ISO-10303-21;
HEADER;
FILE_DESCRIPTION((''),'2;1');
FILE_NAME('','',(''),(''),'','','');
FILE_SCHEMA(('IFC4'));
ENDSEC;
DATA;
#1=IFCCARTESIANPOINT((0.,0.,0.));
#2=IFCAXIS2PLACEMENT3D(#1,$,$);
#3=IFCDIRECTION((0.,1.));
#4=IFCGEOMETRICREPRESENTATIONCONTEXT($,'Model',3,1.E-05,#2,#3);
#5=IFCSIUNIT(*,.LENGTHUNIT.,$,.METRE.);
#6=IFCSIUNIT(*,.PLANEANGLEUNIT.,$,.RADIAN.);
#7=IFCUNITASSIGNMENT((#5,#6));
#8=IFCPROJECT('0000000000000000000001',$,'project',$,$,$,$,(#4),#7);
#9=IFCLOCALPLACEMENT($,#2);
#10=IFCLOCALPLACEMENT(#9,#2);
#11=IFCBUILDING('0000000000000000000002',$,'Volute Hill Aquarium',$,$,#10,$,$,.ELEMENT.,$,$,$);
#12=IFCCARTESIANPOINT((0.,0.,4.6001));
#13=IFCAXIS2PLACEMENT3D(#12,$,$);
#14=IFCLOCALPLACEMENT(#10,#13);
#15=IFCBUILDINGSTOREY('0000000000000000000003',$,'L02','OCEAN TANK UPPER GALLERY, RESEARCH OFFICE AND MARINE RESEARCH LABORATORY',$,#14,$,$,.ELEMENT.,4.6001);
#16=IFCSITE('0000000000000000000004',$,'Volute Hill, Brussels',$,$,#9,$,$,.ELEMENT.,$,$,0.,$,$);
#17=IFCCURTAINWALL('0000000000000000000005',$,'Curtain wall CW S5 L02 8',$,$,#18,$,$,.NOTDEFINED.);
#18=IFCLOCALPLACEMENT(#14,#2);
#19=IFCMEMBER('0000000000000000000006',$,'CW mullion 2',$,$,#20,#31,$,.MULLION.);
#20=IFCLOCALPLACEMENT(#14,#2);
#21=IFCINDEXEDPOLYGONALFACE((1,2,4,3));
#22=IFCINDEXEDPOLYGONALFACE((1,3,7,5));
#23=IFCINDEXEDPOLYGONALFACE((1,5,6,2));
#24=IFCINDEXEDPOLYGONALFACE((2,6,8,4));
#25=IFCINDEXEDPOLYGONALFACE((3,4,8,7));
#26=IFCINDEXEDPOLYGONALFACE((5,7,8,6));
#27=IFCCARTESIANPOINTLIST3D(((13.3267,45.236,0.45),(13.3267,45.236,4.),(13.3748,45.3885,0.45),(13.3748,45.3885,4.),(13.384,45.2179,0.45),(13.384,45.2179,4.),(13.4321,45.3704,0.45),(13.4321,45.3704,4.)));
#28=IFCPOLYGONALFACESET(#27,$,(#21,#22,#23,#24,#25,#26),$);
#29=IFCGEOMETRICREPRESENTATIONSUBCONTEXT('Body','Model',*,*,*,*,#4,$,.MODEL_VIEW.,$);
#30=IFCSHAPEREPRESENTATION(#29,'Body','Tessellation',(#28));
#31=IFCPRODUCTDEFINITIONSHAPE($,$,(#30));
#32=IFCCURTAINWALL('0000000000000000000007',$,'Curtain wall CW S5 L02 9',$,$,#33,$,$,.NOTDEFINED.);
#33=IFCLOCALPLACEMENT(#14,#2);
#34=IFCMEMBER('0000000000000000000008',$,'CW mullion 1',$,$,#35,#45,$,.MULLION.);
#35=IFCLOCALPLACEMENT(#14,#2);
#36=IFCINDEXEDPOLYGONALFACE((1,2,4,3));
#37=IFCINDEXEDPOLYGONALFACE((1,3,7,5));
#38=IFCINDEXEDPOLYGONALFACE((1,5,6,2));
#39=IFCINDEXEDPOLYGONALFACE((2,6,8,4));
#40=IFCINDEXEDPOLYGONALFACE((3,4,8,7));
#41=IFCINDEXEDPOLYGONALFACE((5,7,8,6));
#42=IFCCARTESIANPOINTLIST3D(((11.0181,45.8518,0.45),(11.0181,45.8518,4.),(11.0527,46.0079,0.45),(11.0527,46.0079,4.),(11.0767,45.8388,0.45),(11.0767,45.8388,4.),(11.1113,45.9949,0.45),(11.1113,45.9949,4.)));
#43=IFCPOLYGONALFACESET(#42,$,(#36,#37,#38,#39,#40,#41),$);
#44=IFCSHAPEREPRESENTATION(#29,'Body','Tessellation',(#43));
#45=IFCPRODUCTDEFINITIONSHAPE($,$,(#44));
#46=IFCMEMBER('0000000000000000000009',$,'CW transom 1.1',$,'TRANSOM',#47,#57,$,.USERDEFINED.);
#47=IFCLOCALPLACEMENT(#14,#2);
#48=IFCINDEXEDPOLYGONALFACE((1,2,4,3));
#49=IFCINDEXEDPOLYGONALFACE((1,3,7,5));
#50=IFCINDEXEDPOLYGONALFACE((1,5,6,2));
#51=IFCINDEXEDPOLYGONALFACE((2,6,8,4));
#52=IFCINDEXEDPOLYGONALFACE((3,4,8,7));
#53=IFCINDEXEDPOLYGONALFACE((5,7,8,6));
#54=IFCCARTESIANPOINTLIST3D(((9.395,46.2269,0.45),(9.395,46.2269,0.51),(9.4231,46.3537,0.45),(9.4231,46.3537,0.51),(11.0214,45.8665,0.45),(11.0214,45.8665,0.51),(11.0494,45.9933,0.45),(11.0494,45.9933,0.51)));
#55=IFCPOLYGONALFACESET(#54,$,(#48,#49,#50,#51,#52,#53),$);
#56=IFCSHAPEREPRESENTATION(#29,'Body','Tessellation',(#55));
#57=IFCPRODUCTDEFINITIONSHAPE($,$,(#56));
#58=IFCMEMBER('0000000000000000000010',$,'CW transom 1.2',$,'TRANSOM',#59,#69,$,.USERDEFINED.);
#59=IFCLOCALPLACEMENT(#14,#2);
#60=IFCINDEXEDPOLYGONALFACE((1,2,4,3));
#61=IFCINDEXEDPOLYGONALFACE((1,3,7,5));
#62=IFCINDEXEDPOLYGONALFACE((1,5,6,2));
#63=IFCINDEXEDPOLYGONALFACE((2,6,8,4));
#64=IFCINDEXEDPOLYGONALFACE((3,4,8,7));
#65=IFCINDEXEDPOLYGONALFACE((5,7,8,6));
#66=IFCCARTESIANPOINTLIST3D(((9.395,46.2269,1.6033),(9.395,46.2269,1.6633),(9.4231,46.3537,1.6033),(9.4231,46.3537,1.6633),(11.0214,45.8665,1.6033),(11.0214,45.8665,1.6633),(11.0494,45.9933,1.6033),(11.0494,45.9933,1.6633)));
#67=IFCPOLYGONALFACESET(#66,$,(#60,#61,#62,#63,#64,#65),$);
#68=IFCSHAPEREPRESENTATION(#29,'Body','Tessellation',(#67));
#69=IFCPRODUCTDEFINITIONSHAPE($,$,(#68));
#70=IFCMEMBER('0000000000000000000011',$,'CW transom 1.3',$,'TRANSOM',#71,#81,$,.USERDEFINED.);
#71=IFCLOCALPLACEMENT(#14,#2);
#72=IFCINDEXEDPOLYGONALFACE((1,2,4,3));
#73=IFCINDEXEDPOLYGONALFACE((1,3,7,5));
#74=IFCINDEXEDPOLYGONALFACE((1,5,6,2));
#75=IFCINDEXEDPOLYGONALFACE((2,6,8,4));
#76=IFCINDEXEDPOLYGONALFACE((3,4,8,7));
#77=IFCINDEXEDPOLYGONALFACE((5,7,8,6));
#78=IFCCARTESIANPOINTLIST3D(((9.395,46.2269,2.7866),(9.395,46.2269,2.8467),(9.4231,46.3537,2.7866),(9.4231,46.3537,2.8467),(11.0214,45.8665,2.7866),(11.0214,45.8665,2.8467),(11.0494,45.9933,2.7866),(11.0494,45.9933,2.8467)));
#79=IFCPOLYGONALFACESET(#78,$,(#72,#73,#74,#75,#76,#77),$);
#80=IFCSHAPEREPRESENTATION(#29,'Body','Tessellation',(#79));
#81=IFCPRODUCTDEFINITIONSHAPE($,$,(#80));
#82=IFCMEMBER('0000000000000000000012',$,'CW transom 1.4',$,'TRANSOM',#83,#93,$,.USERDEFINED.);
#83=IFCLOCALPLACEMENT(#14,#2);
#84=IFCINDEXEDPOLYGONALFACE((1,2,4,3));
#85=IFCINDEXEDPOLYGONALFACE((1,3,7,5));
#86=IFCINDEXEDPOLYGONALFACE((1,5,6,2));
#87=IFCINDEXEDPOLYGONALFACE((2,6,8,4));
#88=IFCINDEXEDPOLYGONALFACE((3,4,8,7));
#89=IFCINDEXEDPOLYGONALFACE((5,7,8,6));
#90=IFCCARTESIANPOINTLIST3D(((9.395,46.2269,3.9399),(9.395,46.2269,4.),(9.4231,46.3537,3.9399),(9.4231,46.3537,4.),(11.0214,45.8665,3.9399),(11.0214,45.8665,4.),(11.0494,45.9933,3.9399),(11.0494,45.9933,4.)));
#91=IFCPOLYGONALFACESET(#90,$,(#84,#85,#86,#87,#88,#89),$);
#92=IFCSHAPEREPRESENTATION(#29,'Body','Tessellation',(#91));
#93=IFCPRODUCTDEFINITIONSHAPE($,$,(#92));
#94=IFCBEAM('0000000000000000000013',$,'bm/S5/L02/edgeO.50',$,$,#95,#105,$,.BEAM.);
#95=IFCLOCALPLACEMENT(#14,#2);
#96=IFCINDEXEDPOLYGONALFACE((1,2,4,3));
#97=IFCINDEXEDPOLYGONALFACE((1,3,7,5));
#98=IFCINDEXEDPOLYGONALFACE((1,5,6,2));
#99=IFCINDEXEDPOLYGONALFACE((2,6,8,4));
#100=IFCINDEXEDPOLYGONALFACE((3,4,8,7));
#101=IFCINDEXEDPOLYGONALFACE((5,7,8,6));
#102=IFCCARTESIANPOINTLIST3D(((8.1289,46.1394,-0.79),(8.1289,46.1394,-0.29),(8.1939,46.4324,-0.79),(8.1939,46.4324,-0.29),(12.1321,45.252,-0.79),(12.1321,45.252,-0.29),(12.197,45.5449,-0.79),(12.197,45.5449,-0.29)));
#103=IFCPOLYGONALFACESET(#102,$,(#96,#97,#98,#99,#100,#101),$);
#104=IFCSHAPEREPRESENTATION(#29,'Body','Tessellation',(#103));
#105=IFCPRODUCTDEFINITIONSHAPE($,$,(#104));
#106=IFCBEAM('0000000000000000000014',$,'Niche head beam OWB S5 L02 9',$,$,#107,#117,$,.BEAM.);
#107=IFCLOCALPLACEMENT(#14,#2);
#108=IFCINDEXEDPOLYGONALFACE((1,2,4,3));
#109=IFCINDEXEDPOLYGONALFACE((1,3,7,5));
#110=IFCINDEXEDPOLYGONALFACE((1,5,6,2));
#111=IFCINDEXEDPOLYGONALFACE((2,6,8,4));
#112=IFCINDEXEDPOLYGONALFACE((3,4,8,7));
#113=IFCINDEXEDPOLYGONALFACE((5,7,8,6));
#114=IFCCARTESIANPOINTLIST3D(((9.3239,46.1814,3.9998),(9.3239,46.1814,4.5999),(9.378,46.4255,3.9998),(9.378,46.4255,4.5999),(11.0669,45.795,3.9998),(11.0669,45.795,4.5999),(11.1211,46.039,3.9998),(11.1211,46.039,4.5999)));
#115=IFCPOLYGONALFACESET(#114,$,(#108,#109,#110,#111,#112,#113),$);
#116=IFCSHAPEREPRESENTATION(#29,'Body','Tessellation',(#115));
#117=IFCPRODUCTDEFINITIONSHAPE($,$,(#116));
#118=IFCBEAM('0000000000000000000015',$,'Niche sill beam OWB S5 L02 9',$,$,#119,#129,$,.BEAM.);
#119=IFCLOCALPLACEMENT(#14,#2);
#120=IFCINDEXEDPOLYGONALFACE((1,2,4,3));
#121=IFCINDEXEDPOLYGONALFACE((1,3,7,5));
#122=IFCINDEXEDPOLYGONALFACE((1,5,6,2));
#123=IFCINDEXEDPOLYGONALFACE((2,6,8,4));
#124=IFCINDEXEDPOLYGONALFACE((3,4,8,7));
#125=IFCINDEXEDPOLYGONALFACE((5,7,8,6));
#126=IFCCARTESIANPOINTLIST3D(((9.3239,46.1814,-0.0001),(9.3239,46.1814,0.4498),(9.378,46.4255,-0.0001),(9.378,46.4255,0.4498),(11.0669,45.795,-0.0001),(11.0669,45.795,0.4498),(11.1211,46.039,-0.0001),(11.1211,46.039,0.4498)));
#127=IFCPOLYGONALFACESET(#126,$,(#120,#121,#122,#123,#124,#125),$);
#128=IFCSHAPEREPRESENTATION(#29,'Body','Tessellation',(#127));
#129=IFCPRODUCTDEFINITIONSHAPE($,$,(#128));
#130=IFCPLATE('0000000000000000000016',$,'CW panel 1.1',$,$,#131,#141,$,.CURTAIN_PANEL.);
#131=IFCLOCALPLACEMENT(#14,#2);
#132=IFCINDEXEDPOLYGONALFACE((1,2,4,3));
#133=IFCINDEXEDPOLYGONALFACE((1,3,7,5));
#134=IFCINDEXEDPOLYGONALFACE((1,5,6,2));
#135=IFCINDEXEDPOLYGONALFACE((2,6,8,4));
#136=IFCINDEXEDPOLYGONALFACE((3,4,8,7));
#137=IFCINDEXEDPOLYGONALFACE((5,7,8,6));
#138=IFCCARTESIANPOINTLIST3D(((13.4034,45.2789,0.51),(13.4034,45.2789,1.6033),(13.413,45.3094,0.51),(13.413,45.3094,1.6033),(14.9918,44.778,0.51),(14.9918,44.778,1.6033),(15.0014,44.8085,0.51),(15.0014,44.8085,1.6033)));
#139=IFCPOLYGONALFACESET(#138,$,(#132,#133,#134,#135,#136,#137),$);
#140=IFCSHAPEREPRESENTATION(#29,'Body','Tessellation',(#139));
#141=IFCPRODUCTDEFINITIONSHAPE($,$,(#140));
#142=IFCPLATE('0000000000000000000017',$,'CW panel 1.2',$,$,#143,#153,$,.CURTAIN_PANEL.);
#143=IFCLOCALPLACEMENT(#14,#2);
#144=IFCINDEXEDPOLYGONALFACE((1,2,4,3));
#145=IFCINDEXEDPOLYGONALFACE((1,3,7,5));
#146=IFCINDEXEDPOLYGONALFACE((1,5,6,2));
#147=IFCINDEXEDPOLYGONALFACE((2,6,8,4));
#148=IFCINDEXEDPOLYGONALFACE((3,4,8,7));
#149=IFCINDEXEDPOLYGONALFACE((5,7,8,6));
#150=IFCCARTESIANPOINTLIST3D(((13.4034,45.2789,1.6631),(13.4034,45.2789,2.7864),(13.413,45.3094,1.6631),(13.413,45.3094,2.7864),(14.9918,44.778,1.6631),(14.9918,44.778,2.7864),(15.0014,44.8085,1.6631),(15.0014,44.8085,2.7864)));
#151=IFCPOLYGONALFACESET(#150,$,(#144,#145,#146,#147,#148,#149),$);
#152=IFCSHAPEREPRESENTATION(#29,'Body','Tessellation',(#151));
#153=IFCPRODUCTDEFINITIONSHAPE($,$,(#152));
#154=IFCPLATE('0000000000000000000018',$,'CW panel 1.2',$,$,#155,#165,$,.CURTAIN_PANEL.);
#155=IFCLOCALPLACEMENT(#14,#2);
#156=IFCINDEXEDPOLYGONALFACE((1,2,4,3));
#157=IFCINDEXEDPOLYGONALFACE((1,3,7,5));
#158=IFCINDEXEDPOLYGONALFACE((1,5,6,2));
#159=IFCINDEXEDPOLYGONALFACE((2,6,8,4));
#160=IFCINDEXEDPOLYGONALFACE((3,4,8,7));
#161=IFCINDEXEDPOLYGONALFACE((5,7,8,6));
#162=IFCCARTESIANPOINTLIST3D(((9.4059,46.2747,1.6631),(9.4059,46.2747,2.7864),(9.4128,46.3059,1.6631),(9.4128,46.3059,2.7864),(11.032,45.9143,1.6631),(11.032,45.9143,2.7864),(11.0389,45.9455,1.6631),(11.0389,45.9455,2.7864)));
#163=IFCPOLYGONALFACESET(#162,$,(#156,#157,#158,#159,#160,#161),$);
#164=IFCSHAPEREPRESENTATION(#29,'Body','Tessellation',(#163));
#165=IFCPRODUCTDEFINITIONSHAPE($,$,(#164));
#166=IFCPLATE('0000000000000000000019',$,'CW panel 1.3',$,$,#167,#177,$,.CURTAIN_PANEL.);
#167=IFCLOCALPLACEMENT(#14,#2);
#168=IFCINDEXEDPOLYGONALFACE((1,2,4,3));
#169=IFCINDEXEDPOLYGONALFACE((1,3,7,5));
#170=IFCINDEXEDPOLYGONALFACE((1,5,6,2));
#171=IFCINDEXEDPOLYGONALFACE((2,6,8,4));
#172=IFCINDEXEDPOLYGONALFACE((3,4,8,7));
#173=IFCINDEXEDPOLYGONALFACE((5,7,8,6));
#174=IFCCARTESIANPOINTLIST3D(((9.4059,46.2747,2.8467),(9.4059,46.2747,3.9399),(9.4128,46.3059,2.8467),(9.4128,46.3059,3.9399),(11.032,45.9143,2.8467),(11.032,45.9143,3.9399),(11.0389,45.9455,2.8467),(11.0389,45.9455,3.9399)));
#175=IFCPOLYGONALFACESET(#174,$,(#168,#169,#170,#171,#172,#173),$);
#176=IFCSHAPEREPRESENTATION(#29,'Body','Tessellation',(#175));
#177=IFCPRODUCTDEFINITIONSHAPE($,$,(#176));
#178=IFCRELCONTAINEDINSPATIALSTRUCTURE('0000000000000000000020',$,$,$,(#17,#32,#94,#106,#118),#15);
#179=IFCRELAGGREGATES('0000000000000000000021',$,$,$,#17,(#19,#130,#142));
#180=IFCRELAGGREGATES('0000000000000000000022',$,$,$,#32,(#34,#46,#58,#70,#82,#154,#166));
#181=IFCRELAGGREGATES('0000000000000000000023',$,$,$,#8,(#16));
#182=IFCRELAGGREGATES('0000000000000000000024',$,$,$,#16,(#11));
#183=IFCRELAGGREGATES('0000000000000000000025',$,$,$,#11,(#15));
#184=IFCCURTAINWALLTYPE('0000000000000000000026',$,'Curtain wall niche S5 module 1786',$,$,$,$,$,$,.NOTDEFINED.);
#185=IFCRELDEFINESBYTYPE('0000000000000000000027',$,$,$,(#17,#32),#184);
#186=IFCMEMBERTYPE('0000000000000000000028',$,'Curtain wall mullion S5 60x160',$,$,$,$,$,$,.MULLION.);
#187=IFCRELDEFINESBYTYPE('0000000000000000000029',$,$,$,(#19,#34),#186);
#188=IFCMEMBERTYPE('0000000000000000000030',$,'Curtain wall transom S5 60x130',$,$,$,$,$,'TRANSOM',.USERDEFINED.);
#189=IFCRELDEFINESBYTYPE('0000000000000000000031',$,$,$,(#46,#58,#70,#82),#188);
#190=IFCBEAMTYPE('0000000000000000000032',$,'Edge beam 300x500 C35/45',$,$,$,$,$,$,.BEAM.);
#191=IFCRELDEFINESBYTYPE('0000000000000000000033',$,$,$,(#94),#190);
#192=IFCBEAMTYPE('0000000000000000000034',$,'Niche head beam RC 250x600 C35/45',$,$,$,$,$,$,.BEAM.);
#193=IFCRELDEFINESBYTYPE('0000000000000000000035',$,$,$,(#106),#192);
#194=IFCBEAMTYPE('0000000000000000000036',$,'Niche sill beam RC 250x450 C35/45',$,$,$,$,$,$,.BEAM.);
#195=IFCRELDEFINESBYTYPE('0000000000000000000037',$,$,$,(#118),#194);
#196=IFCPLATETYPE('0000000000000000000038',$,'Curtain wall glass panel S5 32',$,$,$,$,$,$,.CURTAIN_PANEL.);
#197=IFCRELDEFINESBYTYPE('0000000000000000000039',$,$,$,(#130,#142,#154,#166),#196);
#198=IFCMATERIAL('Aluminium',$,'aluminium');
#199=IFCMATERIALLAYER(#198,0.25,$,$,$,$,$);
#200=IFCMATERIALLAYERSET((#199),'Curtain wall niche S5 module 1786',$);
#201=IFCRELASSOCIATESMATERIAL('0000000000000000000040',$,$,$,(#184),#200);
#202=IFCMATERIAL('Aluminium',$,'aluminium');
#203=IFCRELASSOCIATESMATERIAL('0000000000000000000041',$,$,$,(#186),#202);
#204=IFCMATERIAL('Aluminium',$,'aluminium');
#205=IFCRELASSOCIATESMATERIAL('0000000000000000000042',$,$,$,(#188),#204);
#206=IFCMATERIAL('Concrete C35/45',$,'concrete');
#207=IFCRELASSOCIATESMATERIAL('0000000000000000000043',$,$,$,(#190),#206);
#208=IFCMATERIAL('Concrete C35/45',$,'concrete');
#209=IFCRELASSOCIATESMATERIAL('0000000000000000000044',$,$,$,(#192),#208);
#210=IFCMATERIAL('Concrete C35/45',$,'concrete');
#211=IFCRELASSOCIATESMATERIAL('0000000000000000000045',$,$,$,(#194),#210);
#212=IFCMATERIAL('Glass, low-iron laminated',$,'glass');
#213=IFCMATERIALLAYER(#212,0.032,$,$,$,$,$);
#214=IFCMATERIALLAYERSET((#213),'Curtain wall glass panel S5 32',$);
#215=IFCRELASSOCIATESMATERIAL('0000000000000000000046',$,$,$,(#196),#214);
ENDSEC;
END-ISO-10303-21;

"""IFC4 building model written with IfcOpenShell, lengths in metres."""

from ifc_helpers import new_model, si_unit, direction, frame, origin, origin_2d, place, context, subcontext, project, spatial, rectangle, extrude, material, layer, layer_set, material_profile, profile_set, type_object, element, aggregate, save


model = new_model("IFC4")

# Units and contexts
model_context = context("Model", 3, precision=1e-05, world=origin(), true_north=direction((0.0, 1.0)))
body_context = subcontext(model_context, "Body", "Model", "MODEL_VIEW")
ifc_project = project(units=[si_unit("LENGTHUNIT", "METRE"), si_unit("PLANEANGLEUNIT", "RADIAN")], contexts=[model_context])

# Site, building, storey
site_placement = place(None, origin())
site = spatial("IfcSite", under=ifc_project, at=site_placement, Name="Volute Hill, Brussels", CompositionType="ELEMENT", RefElevation=0.0)
building_placement = place(site_placement, origin())
building = spatial("IfcBuilding", under=site, at=building_placement, Name="Volute Hill Aquarium", CompositionType="ELEMENT")
storey_placement = place(building_placement, frame((0.0, 0.0, 4.6001)))
storey = spatial("IfcBuildingStorey", under=building, at=storey_placement, Name="L02", Description="OCEAN TANK UPPER GALLERY, RESEARCH OFFICE AND MARINE RESEARCH LABORATORY", CompositionType="ELEMENT", Elevation=4.6001)

# Curtain wall, member
ifc_material_1 = material(Name="Aluminium", Category="aluminium")
ifc_layer_1 = layer(ifc_material_1, 0.25)
ifc_layer_set_1 = layer_set([ifc_layer_1], Name="Curtain wall niche S5 module 1786")
curtain_wall_type = type_object("IfcCurtainWallType", Name="Curtain wall niche S5 module 1786", PredefinedType="NOTDEFINED", material=ifc_layer_set_1)
curtain_wall_1_placement = place(storey_placement, origin())
curtain_wall_1 = element("IfcCurtainWall", 1, at=curtain_wall_1_placement, inside=storey, type_object=curtain_wall_type, Name="Curtain wall CW S5 L02 8", PredefinedType="NOTDEFINED")
ifc_material_2 = material(Name="Aluminium", Category="aluminium")
ifc_material_profile_1 = material_profile(ifc_material_2, rectangle(XDim=0.1599, YDim=0.0601, at=origin_2d()), Name="Curtain wall mullion S5 60x160")
ifc_profile_set_1 = profile_set([ifc_material_profile_1], Name="Aluminium")
member_type_1 = type_object("IfcMemberType", Name="Curtain wall mullion S5 60x160", PredefinedType="MULLION", material=ifc_profile_set_1)
member_1_placement = place(storey_placement, frame((13.3794, 45.3032, 0.45), z_axis=(0.0, 0.0, 1.0), x_axis=(-0.300704, -0.953718, 0.0)))
member_1 = element("IfcMember", 2, at=member_1_placement, type_object=member_type_1, Name="CW mullion 2", PredefinedType="MULLION", context=body_context, shape_type="SweptSolid", body=[
    extrude(rectangle(XDim=0.1599, YDim=0.0601, at=origin_2d()), origin(), (0.0, 0.0, 1.0), 3.55),
])

# Curtain wall, members
curtain_wall_2_placement = place(storey_placement, origin())
curtain_wall_2 = element("IfcCurtainWall", 3, at=curtain_wall_2_placement, inside=storey, type_object=curtain_wall_type, Name="Curtain wall CW S5 L02 9", PredefinedType="NOTDEFINED")
member_2_placement = place(storey_placement, frame((11.0647, 45.9233, 0.45), z_axis=(0.0, 0.0, 1.0), x_axis=(-0.216422, -0.9763, 0.0)))
member_2 = element("IfcMember", 4, at=member_2_placement, type_object=member_type_1, Name="CW mullion 1", PredefinedType="MULLION", context=body_context, shape_type="SweptSolid", body=[
    extrude(rectangle(XDim=0.1599, YDim=0.0601, at=origin_2d()), origin(), (0.0, 0.0, 1.0), 3.55),
])
ifc_material_3 = material(Name="Aluminium", Category="aluminium")
ifc_material_profile_2 = material_profile(ifc_material_3, rectangle(XDim=0.1299, YDim=0.0601, at=origin_2d()), Name="Curtain wall transom S5 60x130")
ifc_profile_set_2 = profile_set([ifc_material_profile_2], Name="Aluminium")
member_type_2 = type_object("IfcMemberType", Name="Curtain wall transom S5 60x130", ElementType="TRANSOM", PredefinedType="USERDEFINED", material=ifc_profile_set_2)
member_3_placement = place(storey_placement, frame((11.0354, 45.9299, 0.48), z_axis=(-0.976318, 0.216341, 0.0), x_axis=(-0.216341, -0.976318, 0.0)))
member_3 = element("IfcMember", 5, at=member_3_placement, type_object=member_type_2, Name="CW transom 1.1", ObjectType="TRANSOM", PredefinedType="USERDEFINED", context=body_context, shape_type="SweptSolid", body=[
    extrude(rectangle(XDim=0.1299, YDim=0.0601, at=origin_2d()), origin(), (0.0, 0.0, 1.0), 1.6658),
])
member_4_placement = place(storey_placement, frame((11.0354, 45.9299, 1.6333), z_axis=(-0.976318, 0.216341, 0.0), x_axis=(-0.216341, -0.976318, 0.0)))
member_4 = element("IfcMember", 6, at=member_4_placement, type_object=member_type_2, Name="CW transom 1.2", ObjectType="TRANSOM", PredefinedType="USERDEFINED", context=body_context, shape_type="SweptSolid", body=[
    extrude(rectangle(XDim=0.1299, YDim=0.0601, at=origin_2d()), origin(), (0.0, 0.0, 1.0), 1.6658),
])
member_5_placement = place(storey_placement, frame((11.0354, 45.9299, 2.8167), z_axis=(-0.976318, 0.216341, 0.0), x_axis=(-0.216341, -0.976318, 0.0)))
member_5 = element("IfcMember", 7, at=member_5_placement, type_object=member_type_2, Name="CW transom 1.3", ObjectType="TRANSOM", PredefinedType="USERDEFINED", context=body_context, shape_type="SweptSolid", body=[
    extrude(rectangle(XDim=0.1299, YDim=0.0601, at=origin_2d()), origin(), (0.0, 0.0, 1.0), 1.6658),
])
member_6_placement = place(storey_placement, frame((11.0354, 45.9299, 3.97), z_axis=(-0.976318, 0.216341, 0.0), x_axis=(-0.216341, -0.976318, 0.0)))
member_6 = element("IfcMember", 8, at=member_6_placement, type_object=member_type_2, Name="CW transom 1.4", ObjectType="TRANSOM", PredefinedType="USERDEFINED", context=body_context, shape_type="SweptSolid", body=[
    extrude(rectangle(XDim=0.1299, YDim=0.0601, at=origin_2d()), origin(), (0.0, 0.0, 1.0), 1.6658),
])

# Beams
ifc_material_4 = material(Name="Concrete C35/45", Category="concrete")
ifc_material_profile_3 = material_profile(ifc_material_4, rectangle(XDim=0.3, YDim=0.5, at=origin_2d()), Name="RC edge beam 300x500")
ifc_profile_set_3 = profile_set([ifc_material_profile_3], Name="Concrete C35/45")
beam_type_1 = type_object("IfcBeamType", Name="Edge beam 300x500 C35/45", PredefinedType="BEAM", material=ifc_profile_set_3)
beam_1_placement = place(storey_placement, frame((12.1646, 45.3984, -0.54), z_axis=(-0.976298, 0.216432, 0.0), x_axis=(-0.216432, -0.976298, 0.0)))
element("IfcBeam", 9, at=beam_1_placement, inside=storey, type_object=beam_type_1, Name="bm/S5/L02/edgeO.50", PredefinedType="BEAM", context=body_context, shape_type="SweptSolid", body=[
    extrude(rectangle(XDim=0.3, YDim=0.5, at=origin_2d()), origin(), (0.0, 0.0, 1.0), 4.1003),
])
ifc_material_5 = material(Name="Concrete C35/45", Category="concrete")
ifc_material_profile_4 = material_profile(ifc_material_5, rectangle(XDim=0.25, YDim=0.6001, at=origin_2d()), Name="RC beam 250x600")
ifc_profile_set_4 = profile_set([ifc_material_profile_4], Name="Concrete C35/45")
beam_type_2 = type_object("IfcBeamType", Name="Niche head beam RC 250x600 C35/45", PredefinedType="BEAM", material=ifc_profile_set_4)
beam_2_placement = place(storey_placement, frame((11.094, 45.917, 4.2998), z_axis=(-0.976293, 0.216453, 0.0), x_axis=(-0.216453, -0.976293, 0.0)))
element("IfcBeam", 10, at=beam_2_placement, inside=storey, type_object=beam_type_2, Name="Niche head beam OWB S5 L02 9", PredefinedType="BEAM", context=body_context, shape_type="SweptSolid", body=[
    extrude(rectangle(XDim=0.25, YDim=0.6001, at=origin_2d()), origin(), (0.0, 0.0, 1.0), 1.7854),
])
ifc_material_6 = material(Name="Concrete C35/45", Category="concrete")
ifc_material_profile_5 = material_profile(ifc_material_6, rectangle(XDim=0.25, YDim=0.45, at=origin_2d()), Name="RC beam 250x450")
ifc_profile_set_5 = profile_set([ifc_material_profile_5], Name="Concrete C35/45")
beam_type_3 = type_object("IfcBeamType", Name="Niche sill beam RC 250x450 C35/45", PredefinedType="BEAM", material=ifc_profile_set_5)
beam_3_placement = place(storey_placement, frame((11.094, 45.917, 0.2249), z_axis=(-0.976293, 0.216453, 0.0), x_axis=(-0.216453, -0.976293, 0.0)))
element("IfcBeam", 11, at=beam_3_placement, inside=storey, type_object=beam_type_3, Name="Niche sill beam OWB S5 L02 9", PredefinedType="BEAM", context=body_context, shape_type="SweptSolid", body=[
    extrude(rectangle(XDim=0.25, YDim=0.45, at=origin_2d()), origin(), (0.0, 0.0, 1.0), 1.7854),
])

# Plates
ifc_material_7 = material(Name="Glass, low-iron laminated", Category="glass")
ifc_layer_2 = layer(ifc_material_7, 0.032)
ifc_layer_set_2 = layer_set([ifc_layer_2], Name="Curtain wall glass panel S5 32")
plate_type = type_object("IfcPlateType", Name="Curtain wall glass panel S5 32", PredefinedType="CURTAIN_PANEL", material=ifc_layer_set_2)
plate_1_placement = place(storey_placement, frame((14.2024, 45.0437, 0.51), z_axis=(0.0, 0.0, 1.0), x_axis=(-0.953718, 0.300704, 0.0)))
plate_1 = element("IfcPlate", 12, at=plate_1_placement, type_object=plate_type, Name="CW panel 1.1", PredefinedType="CURTAIN_PANEL", context=body_context, shape_type="SweptSolid", body=[
    extrude(rectangle(XDim=1.6655, YDim=0.032, at=origin_2d()), origin(), (0.0, 0.0, 1.0), 1.0933),
])
plate_2_placement = place(storey_placement, frame((14.2024, 45.0437, 1.6631), z_axis=(0.0, 0.0, 1.0), x_axis=(-0.953718, 0.300704, 0.0)))
plate_2 = element("IfcPlate", 13, at=plate_2_placement, type_object=plate_type, Name="CW panel 1.2", PredefinedType="CURTAIN_PANEL", context=body_context, shape_type="SweptSolid", body=[
    extrude(rectangle(XDim=1.6655, YDim=0.032, at=origin_2d()), origin(), (0.0, 0.0, 1.0), 1.1233),
])
aggregate(curtain_wall_1, [member_1, plate_1, plate_2])
plate_3_placement = place(storey_placement, frame((10.2224, 46.1101, 1.6631), z_axis=(0.0, 0.0, 1.0), x_axis=(-0.9763, 0.216422, 0.0)))
plate_3 = element("IfcPlate", 14, at=plate_3_placement, type_object=plate_type, Name="CW panel 1.2", PredefinedType="CURTAIN_PANEL", context=body_context, shape_type="SweptSolid", body=[
    extrude(rectangle(XDim=1.6655, YDim=0.032, at=origin_2d()), origin(), (0.0, 0.0, 1.0), 1.1233),
])
plate_4_placement = place(storey_placement, frame((10.2224, 46.1101, 2.8467), z_axis=(0.0, 0.0, 1.0), x_axis=(-0.9763, 0.216422, 0.0)))
plate_4 = element("IfcPlate", 15, at=plate_4_placement, type_object=plate_type, Name="CW panel 1.3", PredefinedType="CURTAIN_PANEL", context=body_context, shape_type="SweptSolid", body=[
    extrude(rectangle(XDim=1.6655, YDim=0.032, at=origin_2d()), origin(), (0.0, 0.0, 1.0), 1.0933),
])
aggregate(curtain_wall_2, [member_2, member_3, member_4, member_5, member_6, plate_3, plate_4])

save(model, "model.ifc")
